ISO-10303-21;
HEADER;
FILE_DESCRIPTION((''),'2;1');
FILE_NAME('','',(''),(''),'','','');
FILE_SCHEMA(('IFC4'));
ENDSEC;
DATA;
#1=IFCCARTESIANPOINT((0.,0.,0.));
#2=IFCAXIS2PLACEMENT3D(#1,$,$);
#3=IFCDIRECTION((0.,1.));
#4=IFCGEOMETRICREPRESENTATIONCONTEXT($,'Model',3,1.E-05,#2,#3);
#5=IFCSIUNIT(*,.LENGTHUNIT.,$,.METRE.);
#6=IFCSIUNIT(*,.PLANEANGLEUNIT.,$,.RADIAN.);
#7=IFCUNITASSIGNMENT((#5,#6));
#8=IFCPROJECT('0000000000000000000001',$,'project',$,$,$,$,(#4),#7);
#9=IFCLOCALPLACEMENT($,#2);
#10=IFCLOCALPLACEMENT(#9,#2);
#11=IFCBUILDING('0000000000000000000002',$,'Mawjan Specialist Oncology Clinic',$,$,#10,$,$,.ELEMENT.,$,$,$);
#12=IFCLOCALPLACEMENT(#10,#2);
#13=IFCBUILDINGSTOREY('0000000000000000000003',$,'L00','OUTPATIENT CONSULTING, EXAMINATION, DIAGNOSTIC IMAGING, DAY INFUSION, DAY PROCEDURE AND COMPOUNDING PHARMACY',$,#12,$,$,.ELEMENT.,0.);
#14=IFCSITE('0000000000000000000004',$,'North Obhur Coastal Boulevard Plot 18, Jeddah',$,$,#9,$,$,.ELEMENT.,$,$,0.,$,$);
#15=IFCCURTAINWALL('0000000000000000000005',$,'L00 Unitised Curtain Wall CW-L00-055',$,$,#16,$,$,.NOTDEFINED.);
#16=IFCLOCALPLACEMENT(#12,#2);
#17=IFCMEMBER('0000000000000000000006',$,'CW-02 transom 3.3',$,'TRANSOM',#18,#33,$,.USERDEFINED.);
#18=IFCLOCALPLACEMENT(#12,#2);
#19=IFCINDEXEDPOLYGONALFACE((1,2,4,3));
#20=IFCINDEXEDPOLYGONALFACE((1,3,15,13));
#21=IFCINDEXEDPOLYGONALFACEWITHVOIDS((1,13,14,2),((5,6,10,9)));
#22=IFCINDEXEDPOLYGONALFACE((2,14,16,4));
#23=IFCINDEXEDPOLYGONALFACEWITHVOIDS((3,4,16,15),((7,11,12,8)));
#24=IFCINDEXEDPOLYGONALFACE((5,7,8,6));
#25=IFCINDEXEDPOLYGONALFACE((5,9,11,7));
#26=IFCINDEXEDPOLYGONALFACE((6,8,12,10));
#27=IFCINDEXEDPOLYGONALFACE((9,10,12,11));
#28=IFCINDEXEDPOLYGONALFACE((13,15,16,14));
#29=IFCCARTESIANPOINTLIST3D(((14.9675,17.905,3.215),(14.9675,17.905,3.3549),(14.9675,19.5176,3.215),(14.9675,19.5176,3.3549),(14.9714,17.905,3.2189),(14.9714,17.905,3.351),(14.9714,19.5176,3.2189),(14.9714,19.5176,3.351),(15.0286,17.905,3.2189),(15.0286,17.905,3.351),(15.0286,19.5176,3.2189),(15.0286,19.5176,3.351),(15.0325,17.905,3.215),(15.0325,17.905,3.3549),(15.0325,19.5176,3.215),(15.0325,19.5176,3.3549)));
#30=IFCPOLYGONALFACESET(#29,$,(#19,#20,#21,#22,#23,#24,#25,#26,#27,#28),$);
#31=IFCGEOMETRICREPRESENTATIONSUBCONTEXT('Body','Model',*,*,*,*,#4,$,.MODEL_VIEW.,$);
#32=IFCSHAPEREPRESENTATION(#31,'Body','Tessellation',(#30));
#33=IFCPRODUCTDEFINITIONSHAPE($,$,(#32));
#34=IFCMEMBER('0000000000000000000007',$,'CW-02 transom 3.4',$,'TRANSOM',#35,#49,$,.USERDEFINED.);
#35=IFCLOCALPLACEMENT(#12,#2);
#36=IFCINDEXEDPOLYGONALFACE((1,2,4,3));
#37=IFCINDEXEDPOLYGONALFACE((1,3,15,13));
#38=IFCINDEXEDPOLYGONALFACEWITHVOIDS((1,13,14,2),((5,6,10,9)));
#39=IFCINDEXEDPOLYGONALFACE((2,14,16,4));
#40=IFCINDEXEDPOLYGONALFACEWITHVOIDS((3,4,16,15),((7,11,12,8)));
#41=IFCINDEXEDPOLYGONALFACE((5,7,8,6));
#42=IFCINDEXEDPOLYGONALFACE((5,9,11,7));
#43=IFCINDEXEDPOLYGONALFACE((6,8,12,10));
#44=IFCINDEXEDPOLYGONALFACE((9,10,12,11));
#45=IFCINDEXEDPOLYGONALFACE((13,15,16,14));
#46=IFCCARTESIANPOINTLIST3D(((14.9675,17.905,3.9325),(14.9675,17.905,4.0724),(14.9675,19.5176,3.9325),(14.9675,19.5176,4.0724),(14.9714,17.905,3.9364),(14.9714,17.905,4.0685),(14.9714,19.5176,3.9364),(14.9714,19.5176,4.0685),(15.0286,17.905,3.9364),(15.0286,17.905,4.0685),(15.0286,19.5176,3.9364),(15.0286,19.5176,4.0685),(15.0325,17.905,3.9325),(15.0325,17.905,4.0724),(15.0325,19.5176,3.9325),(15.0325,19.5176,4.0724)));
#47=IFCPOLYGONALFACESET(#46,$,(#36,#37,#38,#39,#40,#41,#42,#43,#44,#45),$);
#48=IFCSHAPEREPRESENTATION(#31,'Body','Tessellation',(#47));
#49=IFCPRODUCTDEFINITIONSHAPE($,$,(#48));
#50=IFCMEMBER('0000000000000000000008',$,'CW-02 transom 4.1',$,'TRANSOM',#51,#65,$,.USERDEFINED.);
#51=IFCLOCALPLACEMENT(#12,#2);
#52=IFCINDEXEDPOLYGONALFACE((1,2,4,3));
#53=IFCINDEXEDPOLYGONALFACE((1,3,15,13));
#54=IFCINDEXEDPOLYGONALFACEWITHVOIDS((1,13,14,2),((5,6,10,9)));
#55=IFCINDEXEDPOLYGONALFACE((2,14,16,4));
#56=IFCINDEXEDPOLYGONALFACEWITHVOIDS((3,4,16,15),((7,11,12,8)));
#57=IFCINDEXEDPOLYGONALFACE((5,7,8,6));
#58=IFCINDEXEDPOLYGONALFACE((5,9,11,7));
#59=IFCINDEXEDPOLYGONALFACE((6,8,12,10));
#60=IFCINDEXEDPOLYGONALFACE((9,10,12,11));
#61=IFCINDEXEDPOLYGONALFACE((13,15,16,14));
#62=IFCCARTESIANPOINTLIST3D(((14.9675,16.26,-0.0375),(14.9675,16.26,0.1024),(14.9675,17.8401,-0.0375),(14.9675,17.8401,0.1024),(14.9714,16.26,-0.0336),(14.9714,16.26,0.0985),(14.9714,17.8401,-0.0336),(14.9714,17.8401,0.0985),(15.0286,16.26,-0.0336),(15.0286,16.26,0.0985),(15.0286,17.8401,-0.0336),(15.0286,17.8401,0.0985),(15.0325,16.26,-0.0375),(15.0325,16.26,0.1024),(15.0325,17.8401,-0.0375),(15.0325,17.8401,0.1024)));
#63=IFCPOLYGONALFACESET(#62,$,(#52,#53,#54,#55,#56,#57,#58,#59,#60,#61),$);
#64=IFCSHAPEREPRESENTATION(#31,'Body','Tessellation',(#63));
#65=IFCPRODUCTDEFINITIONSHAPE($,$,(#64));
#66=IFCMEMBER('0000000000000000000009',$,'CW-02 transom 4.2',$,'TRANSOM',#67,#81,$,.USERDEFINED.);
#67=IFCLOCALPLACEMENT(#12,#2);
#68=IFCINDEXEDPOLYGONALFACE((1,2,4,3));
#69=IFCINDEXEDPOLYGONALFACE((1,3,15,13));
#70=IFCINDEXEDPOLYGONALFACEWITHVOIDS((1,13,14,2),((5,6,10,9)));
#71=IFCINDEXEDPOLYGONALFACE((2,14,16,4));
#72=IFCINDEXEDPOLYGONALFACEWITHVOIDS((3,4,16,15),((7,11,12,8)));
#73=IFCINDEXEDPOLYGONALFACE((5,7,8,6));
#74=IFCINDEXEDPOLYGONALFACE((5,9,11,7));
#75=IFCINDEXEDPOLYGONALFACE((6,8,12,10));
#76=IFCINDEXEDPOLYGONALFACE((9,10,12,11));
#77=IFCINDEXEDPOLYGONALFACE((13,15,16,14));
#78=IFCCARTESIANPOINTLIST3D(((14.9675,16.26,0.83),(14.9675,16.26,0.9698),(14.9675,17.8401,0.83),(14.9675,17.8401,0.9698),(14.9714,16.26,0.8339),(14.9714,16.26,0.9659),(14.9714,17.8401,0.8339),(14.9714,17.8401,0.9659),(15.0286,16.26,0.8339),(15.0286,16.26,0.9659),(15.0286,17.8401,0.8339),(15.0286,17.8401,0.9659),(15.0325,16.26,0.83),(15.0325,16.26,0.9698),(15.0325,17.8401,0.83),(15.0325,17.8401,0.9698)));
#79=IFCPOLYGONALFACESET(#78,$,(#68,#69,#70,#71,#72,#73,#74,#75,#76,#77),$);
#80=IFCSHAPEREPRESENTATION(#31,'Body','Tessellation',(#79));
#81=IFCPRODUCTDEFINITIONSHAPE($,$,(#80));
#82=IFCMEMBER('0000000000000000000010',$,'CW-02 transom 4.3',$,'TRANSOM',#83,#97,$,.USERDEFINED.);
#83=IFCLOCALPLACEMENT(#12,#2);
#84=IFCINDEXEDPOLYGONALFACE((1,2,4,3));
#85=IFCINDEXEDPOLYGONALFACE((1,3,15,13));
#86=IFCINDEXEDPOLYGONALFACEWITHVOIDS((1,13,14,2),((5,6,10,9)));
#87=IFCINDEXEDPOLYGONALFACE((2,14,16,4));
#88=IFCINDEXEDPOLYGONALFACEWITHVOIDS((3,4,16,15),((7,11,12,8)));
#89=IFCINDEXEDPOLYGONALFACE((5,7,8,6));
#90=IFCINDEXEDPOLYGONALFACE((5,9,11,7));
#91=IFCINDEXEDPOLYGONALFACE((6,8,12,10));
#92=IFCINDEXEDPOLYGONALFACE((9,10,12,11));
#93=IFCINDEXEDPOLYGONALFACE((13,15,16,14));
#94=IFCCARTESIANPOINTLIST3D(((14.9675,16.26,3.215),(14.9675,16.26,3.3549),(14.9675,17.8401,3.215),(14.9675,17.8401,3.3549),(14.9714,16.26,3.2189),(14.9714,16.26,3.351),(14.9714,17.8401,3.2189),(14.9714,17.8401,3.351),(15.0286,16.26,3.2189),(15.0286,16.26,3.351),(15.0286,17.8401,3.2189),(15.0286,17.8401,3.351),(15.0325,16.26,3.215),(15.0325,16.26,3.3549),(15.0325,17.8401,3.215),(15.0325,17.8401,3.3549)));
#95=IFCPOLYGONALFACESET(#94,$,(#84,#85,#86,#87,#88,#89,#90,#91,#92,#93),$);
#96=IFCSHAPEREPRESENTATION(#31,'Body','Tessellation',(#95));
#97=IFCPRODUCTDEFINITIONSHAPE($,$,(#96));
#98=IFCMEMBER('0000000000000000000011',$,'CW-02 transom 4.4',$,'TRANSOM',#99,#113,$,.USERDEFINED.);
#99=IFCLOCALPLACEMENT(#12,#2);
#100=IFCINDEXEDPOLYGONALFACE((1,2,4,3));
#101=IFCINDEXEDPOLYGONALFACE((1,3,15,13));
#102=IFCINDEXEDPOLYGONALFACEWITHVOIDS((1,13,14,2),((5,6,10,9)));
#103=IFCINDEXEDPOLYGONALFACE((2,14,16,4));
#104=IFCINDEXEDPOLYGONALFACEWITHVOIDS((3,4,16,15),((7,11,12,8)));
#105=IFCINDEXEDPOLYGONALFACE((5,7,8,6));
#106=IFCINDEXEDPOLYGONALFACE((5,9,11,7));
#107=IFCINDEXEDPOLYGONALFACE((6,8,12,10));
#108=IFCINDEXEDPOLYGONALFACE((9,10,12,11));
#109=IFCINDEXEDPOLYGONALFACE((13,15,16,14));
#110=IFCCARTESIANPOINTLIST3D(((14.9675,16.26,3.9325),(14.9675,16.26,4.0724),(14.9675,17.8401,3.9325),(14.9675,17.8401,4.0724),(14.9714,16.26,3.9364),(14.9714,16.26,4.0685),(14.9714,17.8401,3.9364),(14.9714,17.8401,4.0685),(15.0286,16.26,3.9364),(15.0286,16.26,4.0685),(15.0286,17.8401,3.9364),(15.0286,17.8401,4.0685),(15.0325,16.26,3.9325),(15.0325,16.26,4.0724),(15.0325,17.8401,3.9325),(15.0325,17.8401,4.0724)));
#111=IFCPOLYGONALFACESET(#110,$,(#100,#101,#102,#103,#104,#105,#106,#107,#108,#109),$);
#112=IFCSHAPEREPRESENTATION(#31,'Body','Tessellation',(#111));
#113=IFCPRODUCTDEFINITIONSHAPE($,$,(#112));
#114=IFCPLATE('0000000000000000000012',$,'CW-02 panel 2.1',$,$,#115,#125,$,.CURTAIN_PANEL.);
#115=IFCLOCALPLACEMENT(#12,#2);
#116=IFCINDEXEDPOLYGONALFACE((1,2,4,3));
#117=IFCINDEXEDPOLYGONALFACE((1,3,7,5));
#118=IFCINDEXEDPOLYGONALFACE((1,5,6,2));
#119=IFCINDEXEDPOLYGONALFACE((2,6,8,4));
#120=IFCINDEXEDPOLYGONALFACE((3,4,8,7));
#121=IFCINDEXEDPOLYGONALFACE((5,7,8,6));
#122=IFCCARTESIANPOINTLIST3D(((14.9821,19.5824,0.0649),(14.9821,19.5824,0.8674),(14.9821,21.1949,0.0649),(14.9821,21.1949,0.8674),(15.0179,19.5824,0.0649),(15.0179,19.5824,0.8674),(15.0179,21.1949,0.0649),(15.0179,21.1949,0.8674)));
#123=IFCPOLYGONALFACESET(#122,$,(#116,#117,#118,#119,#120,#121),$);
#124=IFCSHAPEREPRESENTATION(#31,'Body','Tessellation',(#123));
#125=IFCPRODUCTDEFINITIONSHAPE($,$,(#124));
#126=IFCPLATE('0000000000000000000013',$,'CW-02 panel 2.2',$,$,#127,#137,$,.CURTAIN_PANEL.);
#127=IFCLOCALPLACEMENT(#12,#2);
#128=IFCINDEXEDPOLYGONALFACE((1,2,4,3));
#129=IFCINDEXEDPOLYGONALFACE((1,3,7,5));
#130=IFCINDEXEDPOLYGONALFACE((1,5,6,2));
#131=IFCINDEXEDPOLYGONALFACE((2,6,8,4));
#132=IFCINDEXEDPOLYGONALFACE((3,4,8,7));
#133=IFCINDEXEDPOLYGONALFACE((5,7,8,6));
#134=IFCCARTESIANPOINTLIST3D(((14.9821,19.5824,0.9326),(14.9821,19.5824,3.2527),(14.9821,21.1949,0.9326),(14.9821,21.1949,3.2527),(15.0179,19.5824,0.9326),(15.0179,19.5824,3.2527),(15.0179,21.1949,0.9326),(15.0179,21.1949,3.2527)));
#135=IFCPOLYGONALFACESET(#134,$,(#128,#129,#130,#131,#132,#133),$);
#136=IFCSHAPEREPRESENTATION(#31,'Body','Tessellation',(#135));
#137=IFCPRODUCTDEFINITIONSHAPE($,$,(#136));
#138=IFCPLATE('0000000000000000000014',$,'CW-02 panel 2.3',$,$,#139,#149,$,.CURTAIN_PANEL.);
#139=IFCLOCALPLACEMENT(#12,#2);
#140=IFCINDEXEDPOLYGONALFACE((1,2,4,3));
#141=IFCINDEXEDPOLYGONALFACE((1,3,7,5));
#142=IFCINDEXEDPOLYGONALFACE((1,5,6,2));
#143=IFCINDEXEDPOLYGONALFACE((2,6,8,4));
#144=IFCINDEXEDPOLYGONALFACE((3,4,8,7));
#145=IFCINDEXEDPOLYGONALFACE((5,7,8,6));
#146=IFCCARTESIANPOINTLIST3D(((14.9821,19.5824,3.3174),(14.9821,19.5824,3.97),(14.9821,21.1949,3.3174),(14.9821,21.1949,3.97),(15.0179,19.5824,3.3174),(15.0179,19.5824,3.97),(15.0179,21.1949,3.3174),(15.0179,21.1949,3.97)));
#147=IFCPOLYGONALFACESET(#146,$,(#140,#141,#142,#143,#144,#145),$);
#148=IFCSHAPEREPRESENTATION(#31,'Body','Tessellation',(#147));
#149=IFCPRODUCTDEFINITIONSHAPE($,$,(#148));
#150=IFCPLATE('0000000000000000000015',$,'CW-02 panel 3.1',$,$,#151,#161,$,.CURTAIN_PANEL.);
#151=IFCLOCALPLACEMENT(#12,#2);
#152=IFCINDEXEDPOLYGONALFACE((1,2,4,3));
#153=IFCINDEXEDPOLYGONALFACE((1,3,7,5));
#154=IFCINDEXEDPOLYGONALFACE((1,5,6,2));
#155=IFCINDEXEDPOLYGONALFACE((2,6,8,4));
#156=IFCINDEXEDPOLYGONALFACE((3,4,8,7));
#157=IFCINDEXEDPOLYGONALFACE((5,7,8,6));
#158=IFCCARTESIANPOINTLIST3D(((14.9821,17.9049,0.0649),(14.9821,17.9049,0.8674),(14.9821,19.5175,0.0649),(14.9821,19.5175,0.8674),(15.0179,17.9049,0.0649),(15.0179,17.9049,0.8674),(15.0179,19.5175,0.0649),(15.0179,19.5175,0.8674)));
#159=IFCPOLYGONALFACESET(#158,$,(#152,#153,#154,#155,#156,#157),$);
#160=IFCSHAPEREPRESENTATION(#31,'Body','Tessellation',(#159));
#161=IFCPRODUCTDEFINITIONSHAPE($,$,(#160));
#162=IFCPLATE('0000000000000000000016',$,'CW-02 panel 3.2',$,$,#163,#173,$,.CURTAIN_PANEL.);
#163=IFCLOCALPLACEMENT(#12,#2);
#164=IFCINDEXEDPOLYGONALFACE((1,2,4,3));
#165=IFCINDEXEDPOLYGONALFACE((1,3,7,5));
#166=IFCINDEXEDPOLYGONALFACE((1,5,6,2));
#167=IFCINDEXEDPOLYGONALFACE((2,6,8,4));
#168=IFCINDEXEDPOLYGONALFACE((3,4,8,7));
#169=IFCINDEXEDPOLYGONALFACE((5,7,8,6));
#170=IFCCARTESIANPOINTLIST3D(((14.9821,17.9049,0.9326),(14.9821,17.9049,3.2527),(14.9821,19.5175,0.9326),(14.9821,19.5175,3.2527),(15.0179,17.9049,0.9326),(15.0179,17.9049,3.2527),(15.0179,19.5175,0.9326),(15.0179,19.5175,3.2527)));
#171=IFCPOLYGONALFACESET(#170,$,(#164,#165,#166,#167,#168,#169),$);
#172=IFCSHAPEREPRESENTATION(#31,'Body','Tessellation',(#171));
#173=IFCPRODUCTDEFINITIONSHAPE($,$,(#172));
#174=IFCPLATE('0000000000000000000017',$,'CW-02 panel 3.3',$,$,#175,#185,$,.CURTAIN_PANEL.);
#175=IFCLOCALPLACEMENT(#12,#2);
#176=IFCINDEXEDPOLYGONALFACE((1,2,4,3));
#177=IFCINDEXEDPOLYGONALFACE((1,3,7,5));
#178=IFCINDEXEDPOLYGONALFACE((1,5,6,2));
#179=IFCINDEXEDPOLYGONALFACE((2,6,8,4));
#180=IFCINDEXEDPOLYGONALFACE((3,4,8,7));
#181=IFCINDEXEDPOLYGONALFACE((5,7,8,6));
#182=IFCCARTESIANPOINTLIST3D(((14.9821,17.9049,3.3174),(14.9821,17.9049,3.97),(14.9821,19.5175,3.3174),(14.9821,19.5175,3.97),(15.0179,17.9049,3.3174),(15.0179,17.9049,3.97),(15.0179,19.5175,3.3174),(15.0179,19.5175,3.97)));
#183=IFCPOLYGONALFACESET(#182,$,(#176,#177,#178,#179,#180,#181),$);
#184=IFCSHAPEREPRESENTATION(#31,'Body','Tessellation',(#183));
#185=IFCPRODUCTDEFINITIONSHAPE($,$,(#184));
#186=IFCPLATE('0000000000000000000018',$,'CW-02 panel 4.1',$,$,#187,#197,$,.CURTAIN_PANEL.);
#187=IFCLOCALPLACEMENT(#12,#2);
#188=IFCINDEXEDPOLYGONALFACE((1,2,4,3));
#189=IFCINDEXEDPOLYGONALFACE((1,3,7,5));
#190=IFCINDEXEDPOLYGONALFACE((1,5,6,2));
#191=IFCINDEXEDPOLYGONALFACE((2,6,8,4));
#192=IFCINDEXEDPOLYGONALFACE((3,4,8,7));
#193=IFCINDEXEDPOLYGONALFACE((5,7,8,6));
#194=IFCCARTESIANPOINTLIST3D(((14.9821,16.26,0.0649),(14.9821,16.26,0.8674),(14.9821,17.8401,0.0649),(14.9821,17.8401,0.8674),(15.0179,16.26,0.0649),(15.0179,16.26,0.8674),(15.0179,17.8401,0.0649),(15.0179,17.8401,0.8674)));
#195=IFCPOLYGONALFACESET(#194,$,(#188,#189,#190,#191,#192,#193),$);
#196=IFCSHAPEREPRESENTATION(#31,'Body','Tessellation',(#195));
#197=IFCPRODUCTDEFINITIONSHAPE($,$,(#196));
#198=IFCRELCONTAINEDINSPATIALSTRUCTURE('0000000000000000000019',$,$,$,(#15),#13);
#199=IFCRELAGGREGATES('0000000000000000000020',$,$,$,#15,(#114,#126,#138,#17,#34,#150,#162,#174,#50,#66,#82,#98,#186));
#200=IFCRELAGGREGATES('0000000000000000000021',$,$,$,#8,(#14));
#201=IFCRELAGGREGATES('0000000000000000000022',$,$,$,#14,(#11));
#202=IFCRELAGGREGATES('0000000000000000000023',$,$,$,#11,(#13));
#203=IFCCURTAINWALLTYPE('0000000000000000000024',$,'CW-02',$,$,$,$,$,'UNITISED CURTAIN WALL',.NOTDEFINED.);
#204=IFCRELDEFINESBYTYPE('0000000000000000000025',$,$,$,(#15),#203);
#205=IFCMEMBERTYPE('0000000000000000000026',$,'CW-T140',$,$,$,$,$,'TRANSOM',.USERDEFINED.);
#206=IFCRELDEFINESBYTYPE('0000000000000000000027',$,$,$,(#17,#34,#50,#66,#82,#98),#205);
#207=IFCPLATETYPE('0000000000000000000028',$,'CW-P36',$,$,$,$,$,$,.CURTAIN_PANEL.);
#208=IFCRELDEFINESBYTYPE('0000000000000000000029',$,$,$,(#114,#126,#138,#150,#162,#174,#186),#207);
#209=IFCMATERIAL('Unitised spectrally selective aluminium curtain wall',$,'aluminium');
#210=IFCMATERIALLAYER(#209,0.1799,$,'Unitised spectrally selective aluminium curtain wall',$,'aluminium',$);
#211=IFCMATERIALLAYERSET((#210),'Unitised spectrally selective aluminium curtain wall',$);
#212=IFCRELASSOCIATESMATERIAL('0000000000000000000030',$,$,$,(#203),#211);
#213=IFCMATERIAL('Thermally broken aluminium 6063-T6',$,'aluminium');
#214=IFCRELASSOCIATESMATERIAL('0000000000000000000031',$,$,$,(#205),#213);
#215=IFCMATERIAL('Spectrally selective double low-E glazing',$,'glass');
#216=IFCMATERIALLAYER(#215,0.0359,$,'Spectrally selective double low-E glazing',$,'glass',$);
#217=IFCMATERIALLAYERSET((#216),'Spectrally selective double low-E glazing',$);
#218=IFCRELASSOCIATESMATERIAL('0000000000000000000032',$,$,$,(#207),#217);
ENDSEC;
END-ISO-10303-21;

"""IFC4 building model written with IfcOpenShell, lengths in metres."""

from ifc_helpers import new_model, si_unit, direction, frame, origin, origin_2d, place, context, subcontext, project, spatial, rectangle, hollow_rectangle, extrude, material, layer, layer_set, material_profile, profile_set, type_object, element, aggregate, save


model = new_model("IFC4")

# Units and contexts
model_context = context("Model", 3, precision=1e-05, world=origin(), true_north=direction((0.0, 1.0)))
body_context = subcontext(model_context, "Body", "Model", "MODEL_VIEW")
ifc_project = project(units=[si_unit("LENGTHUNIT", "METRE"), si_unit("PLANEANGLEUNIT", "RADIAN")], contexts=[model_context])

# Site, building, storey
site_placement = place(None, origin())
site = spatial("IfcSite", under=ifc_project, at=site_placement, Name="North Obhur Coastal Boulevard Plot 18, Jeddah", CompositionType="ELEMENT", RefElevation=0.0)
building_placement = place(site_placement, origin())
building = spatial("IfcBuilding", under=site, at=building_placement, Name="Mawjan Specialist Oncology Clinic", CompositionType="ELEMENT")
storey_placement = place(building_placement, origin())
storey = spatial("IfcBuildingStorey", under=building, at=storey_placement, Name="L00", Description="OUTPATIENT CONSULTING, EXAMINATION, DIAGNOSTIC IMAGING, DAY INFUSION, DAY PROCEDURE AND COMPOUNDING PHARMACY", CompositionType="ELEMENT", Elevation=0.0)

# Curtain wall, members, plates
ifc_material_1 = material(Name="Unitised spectrally selective aluminium curtain wall", Category="aluminium")
ifc_layer_1 = layer(ifc_material_1, 0.1799, Name="Unitised spectrally selective aluminium curtain wall", Category="aluminium")
ifc_layer_set_1 = layer_set([ifc_layer_1], Name="Unitised spectrally selective aluminium curtain wall")
curtain_wall_type = type_object("IfcCurtainWallType", Name="CW-02", ElementType="UNITISED CURTAIN WALL", PredefinedType="NOTDEFINED", material=ifc_layer_set_1)
curtain_wall_placement = place(storey_placement, origin())
curtain_wall = element("IfcCurtainWall", 1, at=curtain_wall_placement, inside=storey, type_object=curtain_wall_type, Name="L00 Unitised Curtain Wall CW-L00-055", PredefinedType="NOTDEFINED")
ifc_material_2 = material(Name="Thermally broken aluminium 6063-T6", Category="aluminium")
ifc_material_profile_1 = material_profile(ifc_material_2, hollow_rectangle(XDim=0.0649, YDim=0.1399, WallThickness=0.0039, at=origin_2d()), Name="ALU TRANSOM 140x65x4", Category="aluminium")
ifc_profile_set_1 = profile_set([ifc_material_profile_1], Name="Thermally broken aluminium 6063-T6")
member_type_1 = type_object("IfcMemberType", Name="CW-T140", ElementType="TRANSOM", PredefinedType="USERDEFINED", material=ifc_profile_set_1)
member_1_placement = place(storey_placement, frame((15.0, 19.5176, 3.2849), z_axis=(0.0, -1.0, 0.0), x_axis=(1.0, 0.0, 0.0)))
member_1 = element("IfcMember", 2, at=member_1_placement, type_object=member_type_1, Name="CW-02 transom 3.3", ObjectType="TRANSOM", PredefinedType="USERDEFINED", context=body_context, shape_type="SweptSolid", body=[
    extrude(hollow_rectangle(XDim=0.0649, YDim=0.1399, WallThickness=0.0039, at=origin_2d()), origin(), (0.0, 0.0, 1.0), 1.6125),
])
member_2_placement = place(storey_placement, frame((15.0, 19.5176, 4.0024), z_axis=(0.0, -1.0, 0.0), x_axis=(1.0, 0.0, 0.0)))
member_2 = element("IfcMember", 3, at=member_2_placement, type_object=member_type_1, Name="CW-02 transom 3.4", ObjectType="TRANSOM", PredefinedType="USERDEFINED", context=body_context, shape_type="SweptSolid", body=[
    extrude(hollow_rectangle(XDim=0.0649, YDim=0.1399, WallThickness=0.0039, at=origin_2d()), origin(), (0.0, 0.0, 1.0), 1.6125),
])
member_3_placement = place(storey_placement, frame((15.0, 17.8401, 0.0325), z_axis=(0.0, -1.0, 0.0), x_axis=(1.0, 0.0, 0.0)))
member_3 = element("IfcMember", 4, at=member_3_placement, type_object=member_type_1, Name="CW-02 transom 4.1", ObjectType="TRANSOM", PredefinedType="USERDEFINED", context=body_context, shape_type="SweptSolid", body=[
    extrude(hollow_rectangle(XDim=0.0649, YDim=0.1399, WallThickness=0.0039, at=origin_2d()), origin(), (0.0, 0.0, 1.0), 1.5801),
])
member_4_placement = place(storey_placement, frame((15.0, 17.8401, 0.8999), z_axis=(0.0, -1.0, 0.0), x_axis=(1.0, 0.0, 0.0)))
member_4 = element("IfcMember", 5, at=member_4_placement, type_object=member_type_1, Name="CW-02 transom 4.2", ObjectType="TRANSOM", PredefinedType="USERDEFINED", context=body_context, shape_type="SweptSolid", body=[
    extrude(hollow_rectangle(XDim=0.0649, YDim=0.1399, WallThickness=0.0039, at=origin_2d()), origin(), (0.0, 0.0, 1.0), 1.5801),
])
member_5_placement = place(storey_placement, frame((15.0, 17.8401, 3.2849), z_axis=(0.0, -1.0, 0.0), x_axis=(1.0, 0.0, 0.0)))
member_5 = element("IfcMember", 6, at=member_5_placement, type_object=member_type_1, Name="CW-02 transom 4.3", ObjectType="TRANSOM", PredefinedType="USERDEFINED", context=body_context, shape_type="SweptSolid", body=[
    extrude(hollow_rectangle(XDim=0.0649, YDim=0.1399, WallThickness=0.0039, at=origin_2d()), origin(), (0.0, 0.0, 1.0), 1.5801),
])
member_6_placement = place(storey_placement, frame((15.0, 17.8401, 4.0024), z_axis=(0.0, -1.0, 0.0), x_axis=(1.0, 0.0, 0.0)))
member_6 = element("IfcMember", 7, at=member_6_placement, type_object=member_type_1, Name="CW-02 transom 4.4", ObjectType="TRANSOM", PredefinedType="USERDEFINED", context=body_context, shape_type="SweptSolid", body=[
    extrude(hollow_rectangle(XDim=0.0649, YDim=0.1399, WallThickness=0.0039, at=origin_2d()), origin(), (0.0, 0.0, 1.0), 1.5801),
])
ifc_material_3 = material(Name="Spectrally selective double low-E glazing", Category="glass")
ifc_layer_2 = layer(ifc_material_3, 0.0359, Name="Spectrally selective double low-E glazing", Category="glass")
ifc_layer_set_2 = layer_set([ifc_layer_2], Name="Spectrally selective double low-E glazing")
plate_type = type_object("IfcPlateType", Name="CW-P36", PredefinedType="CURTAIN_PANEL", material=ifc_layer_set_2)
plate_1_placement = place(storey_placement, frame((15.0, 20.3887, 0.0649), z_axis=(0.0, 0.0, 1.0), x_axis=(0.0, -1.0, 0.0)))
plate_1 = element("IfcPlate", 8, at=plate_1_placement, type_object=plate_type, Name="CW-02 panel 2.1", PredefinedType="CURTAIN_PANEL", context=body_context, shape_type="SweptSolid", body=[
    extrude(rectangle(XDim=1.6125, YDim=0.0359, at=origin_2d()), origin(), (0.0, 0.0, 1.0), 0.8025),
])
plate_2_placement = place(storey_placement, frame((15.0, 20.3887, 0.9326), z_axis=(0.0, 0.0, 1.0), x_axis=(0.0, -1.0, 0.0)))
plate_2 = element("IfcPlate", 9, at=plate_2_placement, type_object=plate_type, Name="CW-02 panel 2.2", PredefinedType="CURTAIN_PANEL", context=body_context, shape_type="SweptSolid", body=[
    extrude(rectangle(XDim=1.6125, YDim=0.0359, at=origin_2d()), origin(), (0.0, 0.0, 1.0), 2.3201),
])
plate_3_placement = place(storey_placement, frame((15.0, 20.3887, 3.3174), z_axis=(0.0, 0.0, 1.0), x_axis=(0.0, -1.0, 0.0)))
plate_3 = element("IfcPlate", 10, at=plate_3_placement, type_object=plate_type, Name="CW-02 panel 2.3", PredefinedType="CURTAIN_PANEL", context=body_context, shape_type="SweptSolid", body=[
    extrude(rectangle(XDim=1.6125, YDim=0.0359, at=origin_2d()), origin(), (0.0, 0.0, 1.0), 0.6526),
])
plate_4_placement = place(storey_placement, frame((15.0, 18.7112, 0.0649), z_axis=(0.0, 0.0, 1.0), x_axis=(0.0, -1.0, 0.0)))
plate_4 = element("IfcPlate", 11, at=plate_4_placement, type_object=plate_type, Name="CW-02 panel 3.1", PredefinedType="CURTAIN_PANEL", context=body_context, shape_type="SweptSolid", body=[
    extrude(rectangle(XDim=1.6125, YDim=0.0359, at=origin_2d()), origin(), (0.0, 0.0, 1.0), 0.8025),
])
plate_5_placement = place(storey_placement, frame((15.0, 18.7112, 0.9326), z_axis=(0.0, 0.0, 1.0), x_axis=(0.0, -1.0, 0.0)))
plate_5 = element("IfcPlate", 12, at=plate_5_placement, type_object=plate_type, Name="CW-02 panel 3.2", PredefinedType="CURTAIN_PANEL", context=body_context, shape_type="SweptSolid", body=[
    extrude(rectangle(XDim=1.6125, YDim=0.0359, at=origin_2d()), origin(), (0.0, 0.0, 1.0), 2.3201),
])
plate_6_placement = place(storey_placement, frame((15.0, 18.7112, 3.3174), z_axis=(0.0, 0.0, 1.0), x_axis=(0.0, -1.0, 0.0)))
plate_6 = element("IfcPlate", 13, at=plate_6_placement, type_object=plate_type, Name="CW-02 panel 3.3", PredefinedType="CURTAIN_PANEL", context=body_context, shape_type="SweptSolid", body=[
    extrude(rectangle(XDim=1.6125, YDim=0.0359, at=origin_2d()), origin(), (0.0, 0.0, 1.0), 0.6526),
])
plate_7_placement = place(storey_placement, frame((15.0, 17.05, 0.0649), z_axis=(0.0, 0.0, 1.0), x_axis=(0.0, -1.0, 0.0)))
plate_7 = element("IfcPlate", 14, at=plate_7_placement, type_object=plate_type, Name="CW-02 panel 4.1", PredefinedType="CURTAIN_PANEL", context=body_context, shape_type="SweptSolid", body=[
    extrude(rectangle(XDim=1.5801, YDim=0.0359, at=origin_2d()), origin(), (0.0, 0.0, 1.0), 0.8025),
])
aggregate(curtain_wall, [plate_1, plate_2, plate_3, member_1, member_2, plate_4, plate_5, plate_6, member_3, member_4, member_5, member_6, plate_7])

save(model, "model.ifc")
